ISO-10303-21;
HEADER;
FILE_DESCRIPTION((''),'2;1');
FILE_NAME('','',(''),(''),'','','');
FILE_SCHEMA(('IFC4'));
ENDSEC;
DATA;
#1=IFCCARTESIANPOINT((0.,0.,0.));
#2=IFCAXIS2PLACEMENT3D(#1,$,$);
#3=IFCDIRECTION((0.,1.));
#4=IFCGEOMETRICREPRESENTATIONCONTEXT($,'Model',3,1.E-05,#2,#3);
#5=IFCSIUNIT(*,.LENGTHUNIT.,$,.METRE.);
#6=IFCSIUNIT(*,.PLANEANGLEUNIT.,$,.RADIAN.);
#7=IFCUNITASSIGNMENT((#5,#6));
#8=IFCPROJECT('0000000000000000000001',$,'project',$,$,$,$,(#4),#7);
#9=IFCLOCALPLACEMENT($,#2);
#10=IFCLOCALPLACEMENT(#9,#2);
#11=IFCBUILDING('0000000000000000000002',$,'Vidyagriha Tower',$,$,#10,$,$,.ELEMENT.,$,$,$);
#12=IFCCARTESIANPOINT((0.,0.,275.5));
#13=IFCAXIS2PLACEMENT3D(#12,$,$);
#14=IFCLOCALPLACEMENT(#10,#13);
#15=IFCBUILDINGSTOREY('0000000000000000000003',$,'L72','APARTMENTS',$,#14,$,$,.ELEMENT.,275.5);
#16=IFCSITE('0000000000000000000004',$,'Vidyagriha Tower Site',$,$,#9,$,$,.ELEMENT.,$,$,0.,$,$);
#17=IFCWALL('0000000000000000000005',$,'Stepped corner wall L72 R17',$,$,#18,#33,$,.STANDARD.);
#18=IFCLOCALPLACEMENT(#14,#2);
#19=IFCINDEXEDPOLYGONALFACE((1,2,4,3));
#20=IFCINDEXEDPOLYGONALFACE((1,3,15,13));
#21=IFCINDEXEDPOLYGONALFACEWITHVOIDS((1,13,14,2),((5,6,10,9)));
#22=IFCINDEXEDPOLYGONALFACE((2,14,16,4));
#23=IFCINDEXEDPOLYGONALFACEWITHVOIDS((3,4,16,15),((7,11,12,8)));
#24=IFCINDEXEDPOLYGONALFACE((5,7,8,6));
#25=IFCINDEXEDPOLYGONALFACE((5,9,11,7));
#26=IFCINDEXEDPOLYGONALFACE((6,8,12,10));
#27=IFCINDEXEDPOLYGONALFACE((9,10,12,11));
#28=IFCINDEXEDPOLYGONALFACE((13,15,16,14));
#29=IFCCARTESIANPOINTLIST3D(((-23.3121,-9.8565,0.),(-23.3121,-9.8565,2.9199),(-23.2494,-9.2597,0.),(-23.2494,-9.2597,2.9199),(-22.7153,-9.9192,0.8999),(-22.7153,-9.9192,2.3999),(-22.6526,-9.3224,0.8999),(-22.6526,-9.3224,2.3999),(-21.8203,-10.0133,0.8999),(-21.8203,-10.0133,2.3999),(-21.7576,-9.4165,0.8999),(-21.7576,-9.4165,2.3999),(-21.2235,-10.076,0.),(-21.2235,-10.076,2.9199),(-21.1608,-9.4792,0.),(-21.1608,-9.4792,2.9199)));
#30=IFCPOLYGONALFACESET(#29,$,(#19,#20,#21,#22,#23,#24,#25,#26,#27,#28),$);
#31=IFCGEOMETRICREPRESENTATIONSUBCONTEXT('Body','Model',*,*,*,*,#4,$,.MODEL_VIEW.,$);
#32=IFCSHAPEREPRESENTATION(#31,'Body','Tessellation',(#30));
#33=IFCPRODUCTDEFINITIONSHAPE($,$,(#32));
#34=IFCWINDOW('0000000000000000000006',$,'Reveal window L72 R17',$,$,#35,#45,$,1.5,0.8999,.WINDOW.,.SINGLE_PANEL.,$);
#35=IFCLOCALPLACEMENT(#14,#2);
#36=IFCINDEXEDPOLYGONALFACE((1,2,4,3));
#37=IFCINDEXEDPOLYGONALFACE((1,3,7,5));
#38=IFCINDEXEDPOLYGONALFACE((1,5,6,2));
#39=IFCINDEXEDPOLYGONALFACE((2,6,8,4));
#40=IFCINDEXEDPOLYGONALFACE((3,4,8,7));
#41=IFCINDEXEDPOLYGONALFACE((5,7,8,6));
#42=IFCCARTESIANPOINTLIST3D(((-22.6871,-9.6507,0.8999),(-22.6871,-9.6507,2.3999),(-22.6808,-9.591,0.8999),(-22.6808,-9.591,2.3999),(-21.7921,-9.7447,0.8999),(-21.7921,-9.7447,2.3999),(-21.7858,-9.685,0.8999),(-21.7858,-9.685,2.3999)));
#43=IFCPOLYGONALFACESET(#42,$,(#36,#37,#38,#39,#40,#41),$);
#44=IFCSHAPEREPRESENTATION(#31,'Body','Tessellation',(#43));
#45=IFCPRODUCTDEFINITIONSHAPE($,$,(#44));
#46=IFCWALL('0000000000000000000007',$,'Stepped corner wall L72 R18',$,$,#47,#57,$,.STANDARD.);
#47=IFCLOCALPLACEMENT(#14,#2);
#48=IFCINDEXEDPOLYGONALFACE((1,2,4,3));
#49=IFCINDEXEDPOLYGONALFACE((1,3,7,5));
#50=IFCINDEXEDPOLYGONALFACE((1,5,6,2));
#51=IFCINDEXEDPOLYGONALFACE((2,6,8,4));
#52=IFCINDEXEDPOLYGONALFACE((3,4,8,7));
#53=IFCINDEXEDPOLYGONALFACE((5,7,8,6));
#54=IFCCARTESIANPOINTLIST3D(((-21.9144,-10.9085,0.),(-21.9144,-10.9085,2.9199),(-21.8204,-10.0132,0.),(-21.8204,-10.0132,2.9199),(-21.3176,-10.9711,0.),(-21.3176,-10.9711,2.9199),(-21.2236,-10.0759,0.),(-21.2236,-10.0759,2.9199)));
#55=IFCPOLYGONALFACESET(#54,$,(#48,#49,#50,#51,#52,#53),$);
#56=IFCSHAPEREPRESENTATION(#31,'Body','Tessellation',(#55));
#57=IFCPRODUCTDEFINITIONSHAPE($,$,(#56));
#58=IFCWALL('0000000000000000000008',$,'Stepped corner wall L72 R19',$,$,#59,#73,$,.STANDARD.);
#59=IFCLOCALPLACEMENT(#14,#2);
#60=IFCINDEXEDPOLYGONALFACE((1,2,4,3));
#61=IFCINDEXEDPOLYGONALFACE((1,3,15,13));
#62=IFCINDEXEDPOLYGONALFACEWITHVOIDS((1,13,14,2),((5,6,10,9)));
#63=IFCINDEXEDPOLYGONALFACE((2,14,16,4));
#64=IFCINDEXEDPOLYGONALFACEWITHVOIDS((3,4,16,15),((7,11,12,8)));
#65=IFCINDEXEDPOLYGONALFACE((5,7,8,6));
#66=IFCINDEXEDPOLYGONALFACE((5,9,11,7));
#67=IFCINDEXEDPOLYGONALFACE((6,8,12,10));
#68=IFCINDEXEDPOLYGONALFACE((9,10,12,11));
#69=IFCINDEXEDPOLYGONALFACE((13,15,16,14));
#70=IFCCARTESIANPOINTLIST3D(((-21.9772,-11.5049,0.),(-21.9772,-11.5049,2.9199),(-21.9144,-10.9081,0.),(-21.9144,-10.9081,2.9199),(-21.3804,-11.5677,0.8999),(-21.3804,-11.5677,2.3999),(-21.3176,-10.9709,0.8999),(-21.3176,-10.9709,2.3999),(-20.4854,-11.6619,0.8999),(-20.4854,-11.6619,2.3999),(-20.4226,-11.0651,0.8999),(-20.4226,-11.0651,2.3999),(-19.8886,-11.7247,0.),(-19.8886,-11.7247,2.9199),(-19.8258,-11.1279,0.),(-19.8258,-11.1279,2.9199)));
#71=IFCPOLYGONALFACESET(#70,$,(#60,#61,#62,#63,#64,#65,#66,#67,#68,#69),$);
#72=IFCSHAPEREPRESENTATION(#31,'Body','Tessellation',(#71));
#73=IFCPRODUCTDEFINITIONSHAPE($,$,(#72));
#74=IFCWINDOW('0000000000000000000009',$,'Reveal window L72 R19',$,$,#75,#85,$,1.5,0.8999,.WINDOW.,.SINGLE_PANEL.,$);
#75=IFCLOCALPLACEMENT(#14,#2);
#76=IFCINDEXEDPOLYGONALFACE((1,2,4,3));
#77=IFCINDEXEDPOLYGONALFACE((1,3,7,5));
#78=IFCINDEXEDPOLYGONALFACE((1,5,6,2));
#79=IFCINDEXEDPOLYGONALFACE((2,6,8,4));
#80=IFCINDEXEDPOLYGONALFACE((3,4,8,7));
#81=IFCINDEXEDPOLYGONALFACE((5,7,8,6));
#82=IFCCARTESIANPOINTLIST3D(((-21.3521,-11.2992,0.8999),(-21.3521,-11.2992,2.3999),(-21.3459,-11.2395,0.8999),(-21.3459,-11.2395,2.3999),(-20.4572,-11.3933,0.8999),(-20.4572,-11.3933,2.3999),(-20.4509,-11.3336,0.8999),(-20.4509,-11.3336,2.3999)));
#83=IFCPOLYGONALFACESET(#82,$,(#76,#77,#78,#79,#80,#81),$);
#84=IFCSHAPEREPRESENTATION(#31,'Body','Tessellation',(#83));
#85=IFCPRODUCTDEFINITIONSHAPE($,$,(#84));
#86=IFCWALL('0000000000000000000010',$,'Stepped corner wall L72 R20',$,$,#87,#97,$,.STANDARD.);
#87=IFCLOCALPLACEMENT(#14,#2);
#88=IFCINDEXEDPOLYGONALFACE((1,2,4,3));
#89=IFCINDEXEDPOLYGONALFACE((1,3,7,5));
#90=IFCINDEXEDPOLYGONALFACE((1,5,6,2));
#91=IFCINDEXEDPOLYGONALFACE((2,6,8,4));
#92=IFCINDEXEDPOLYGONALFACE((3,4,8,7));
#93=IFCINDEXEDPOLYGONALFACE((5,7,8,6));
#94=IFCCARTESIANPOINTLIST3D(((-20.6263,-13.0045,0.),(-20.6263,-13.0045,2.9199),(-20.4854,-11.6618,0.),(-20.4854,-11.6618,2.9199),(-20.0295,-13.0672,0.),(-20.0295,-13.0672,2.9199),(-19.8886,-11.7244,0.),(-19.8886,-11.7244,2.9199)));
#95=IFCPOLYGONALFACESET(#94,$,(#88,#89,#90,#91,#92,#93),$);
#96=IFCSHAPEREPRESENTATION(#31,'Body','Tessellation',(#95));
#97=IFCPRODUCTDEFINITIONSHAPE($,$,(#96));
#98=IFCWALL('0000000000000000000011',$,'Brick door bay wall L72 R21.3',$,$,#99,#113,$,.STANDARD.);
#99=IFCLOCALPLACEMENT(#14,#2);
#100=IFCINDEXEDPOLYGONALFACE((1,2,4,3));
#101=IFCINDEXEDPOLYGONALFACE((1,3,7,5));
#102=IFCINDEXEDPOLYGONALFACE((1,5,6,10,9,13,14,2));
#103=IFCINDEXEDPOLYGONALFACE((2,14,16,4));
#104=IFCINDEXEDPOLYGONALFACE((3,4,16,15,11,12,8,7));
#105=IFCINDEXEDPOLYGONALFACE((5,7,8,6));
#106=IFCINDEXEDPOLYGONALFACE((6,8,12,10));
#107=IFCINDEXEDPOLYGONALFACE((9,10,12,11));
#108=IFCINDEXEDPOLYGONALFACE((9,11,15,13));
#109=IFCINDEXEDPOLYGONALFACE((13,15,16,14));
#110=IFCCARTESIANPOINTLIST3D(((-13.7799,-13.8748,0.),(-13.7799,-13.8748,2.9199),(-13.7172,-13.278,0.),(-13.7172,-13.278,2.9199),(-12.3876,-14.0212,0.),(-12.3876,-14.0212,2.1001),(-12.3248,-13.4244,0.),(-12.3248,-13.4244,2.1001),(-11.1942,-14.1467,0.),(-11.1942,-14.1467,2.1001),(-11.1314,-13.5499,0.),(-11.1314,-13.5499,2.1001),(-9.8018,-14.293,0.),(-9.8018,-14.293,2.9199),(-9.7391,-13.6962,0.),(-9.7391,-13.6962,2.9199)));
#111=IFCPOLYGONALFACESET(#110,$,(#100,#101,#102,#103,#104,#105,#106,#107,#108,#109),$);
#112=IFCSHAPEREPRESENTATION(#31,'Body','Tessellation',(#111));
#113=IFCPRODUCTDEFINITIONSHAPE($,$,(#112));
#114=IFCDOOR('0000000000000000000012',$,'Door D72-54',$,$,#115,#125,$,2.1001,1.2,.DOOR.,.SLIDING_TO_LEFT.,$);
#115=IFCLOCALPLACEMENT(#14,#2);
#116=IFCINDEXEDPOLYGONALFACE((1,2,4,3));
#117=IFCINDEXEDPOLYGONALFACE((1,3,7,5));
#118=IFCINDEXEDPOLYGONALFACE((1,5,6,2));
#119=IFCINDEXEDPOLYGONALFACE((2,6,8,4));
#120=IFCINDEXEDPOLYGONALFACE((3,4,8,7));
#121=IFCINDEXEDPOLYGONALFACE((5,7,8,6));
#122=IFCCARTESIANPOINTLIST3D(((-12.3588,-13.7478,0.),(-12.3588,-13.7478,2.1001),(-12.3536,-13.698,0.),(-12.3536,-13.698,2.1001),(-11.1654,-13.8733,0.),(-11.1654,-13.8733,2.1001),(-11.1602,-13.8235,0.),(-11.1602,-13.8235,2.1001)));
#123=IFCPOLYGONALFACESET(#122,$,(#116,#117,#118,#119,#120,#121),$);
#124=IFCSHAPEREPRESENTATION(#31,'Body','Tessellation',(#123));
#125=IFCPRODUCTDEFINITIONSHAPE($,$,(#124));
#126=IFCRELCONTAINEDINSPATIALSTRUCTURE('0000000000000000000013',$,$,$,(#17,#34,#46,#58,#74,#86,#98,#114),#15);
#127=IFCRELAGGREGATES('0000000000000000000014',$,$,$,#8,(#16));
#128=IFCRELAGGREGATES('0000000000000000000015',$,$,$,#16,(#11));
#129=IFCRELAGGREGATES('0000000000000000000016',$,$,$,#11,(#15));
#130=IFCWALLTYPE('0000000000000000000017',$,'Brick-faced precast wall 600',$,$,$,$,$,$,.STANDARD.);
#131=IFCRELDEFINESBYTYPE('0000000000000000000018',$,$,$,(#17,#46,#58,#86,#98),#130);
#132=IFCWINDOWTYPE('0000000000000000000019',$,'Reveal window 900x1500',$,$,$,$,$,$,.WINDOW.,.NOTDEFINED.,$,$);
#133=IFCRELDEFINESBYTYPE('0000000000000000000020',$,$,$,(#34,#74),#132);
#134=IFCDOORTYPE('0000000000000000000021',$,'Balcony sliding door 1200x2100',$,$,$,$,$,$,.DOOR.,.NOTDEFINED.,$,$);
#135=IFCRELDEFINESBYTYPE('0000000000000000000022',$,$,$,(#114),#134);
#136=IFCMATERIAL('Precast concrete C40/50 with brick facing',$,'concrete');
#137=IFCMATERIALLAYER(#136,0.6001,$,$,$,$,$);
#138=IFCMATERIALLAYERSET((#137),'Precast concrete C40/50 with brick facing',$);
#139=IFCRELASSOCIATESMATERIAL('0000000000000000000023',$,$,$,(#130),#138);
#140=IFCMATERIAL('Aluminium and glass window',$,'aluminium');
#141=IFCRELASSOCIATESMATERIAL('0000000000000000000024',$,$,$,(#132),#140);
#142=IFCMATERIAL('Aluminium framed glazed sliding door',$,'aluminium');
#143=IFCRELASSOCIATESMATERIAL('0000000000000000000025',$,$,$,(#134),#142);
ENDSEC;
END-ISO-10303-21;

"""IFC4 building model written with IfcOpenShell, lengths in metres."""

from ifc_helpers import new_model, si_unit, direction, frame, frame_2d, origin, place, context, subcontext, project, spatial, rectangle, extrude, material, layer, layer_set, type_object, element, fill, save


model = new_model("IFC4")

# Units and contexts
model_context = context("Model", 3, precision=1e-05, world=origin(), true_north=direction((0.0, 1.0)))
body_context = subcontext(model_context, "Body", "Model", "MODEL_VIEW")
ifc_project = project(units=[si_unit("LENGTHUNIT", "METRE"), si_unit("PLANEANGLEUNIT", "RADIAN")], contexts=[model_context])

# Site, building, storey
site_placement = place(None, origin())
site = spatial("IfcSite", under=ifc_project, at=site_placement, Name="Vidyagriha Tower Site", CompositionType="ELEMENT", RefElevation=0.0)
building_placement = place(site_placement, origin())
building = spatial("IfcBuilding", under=site, at=building_placement, Name="Vidyagriha Tower", CompositionType="ELEMENT")
storey_placement = place(building_placement, frame((0.0, 0.0, 275.5)))
storey = spatial("IfcBuildingStorey", under=building, at=storey_placement, Name="L72", Description="APARTMENTS", CompositionType="ELEMENT", Elevation=275.5)

# Wall, opening, window
ifc_material_1 = material(Name="Precast concrete C40/50 with brick facing", Category="concrete")
ifc_layer_1 = layer(ifc_material_1, 0.6001)
ifc_layer_set_1 = layer_set([ifc_layer_1], Name="Precast concrete C40/50 with brick facing")
wall_type = type_object("IfcWallType", Name="Brick-faced precast wall 600", PredefinedType="STANDARD", material=ifc_layer_set_1)
wall_1_placement = place(storey_placement, frame((-23.2808, -9.5581, 0.0), z_axis=(0.0, 0.0, 1.0), x_axis=(0.994524, -0.104509, 0.0)))
wall_1 = element("IfcWall", 1, at=wall_1_placement, inside=storey, type_object=wall_type, Name="Stepped corner wall L72 R17", PredefinedType="STANDARD", context=body_context, shape_type="SweptSolid", body=[
    extrude(rectangle(XDim=2.1001, YDim=0.6001, at=frame_2d((1.05, 0.0))), origin(), (0.0, 0.0, 1.0), 2.9199),
])
opening_1_placement = place(wall_1_placement, frame((0.6001, 0.0, 0.8999)))
opening_1 = element("IfcOpeningElement", 2, at=opening_1_placement, cuts=wall_1, PredefinedType="OPENING", context=body_context, shape_type="SweptSolid", body=[
    extrude(rectangle(XDim=0.8999, YDim=1.5, at=frame_2d((0.45, 0.75))), frame((0.0, 0.3101, 0.0), z_axis=(0.0, -1.0, 0.0), x_axis=(1.0, 0.0, 0.0)), (0.0, 0.0, 1.0), 0.6201),
])
ifc_material_2 = material(Name="Aluminium and glass window", Category="aluminium")
window_type = type_object("IfcWindowType", Name="Reveal window 900x1500", PartitioningType="NOTDEFINED", PredefinedType="WINDOW", material=ifc_material_2)
window_1_placement = place(opening_1_placement, origin())
window_1 = element("IfcWindow", 3, at=window_1_placement, inside=storey, type_object=window_type, Name="Reveal window L72 R17", OverallHeight=1.5, OverallWidth=0.8999, PartitioningType="SINGLE_PANEL", PredefinedType="WINDOW", context=body_context, shape_type="SweptSolid", body=[
    extrude(rectangle(XDim=0.8999, YDim=1.5, at=frame_2d((0.45, 0.75))), frame((0.0, 0.03, 0.0), z_axis=(0.0, -1.0, 0.0), x_axis=(1.0, 0.0, 0.0)), (0.0, 0.0, 1.0), 0.0601),
])
fill(opening_1, window_1)

# Wall
wall_2_placement = place(storey_placement, frame((-21.522, -10.0444, 0.0), z_axis=(0.0, 0.0, 1.0), x_axis=(-0.104417, -0.994534, 0.0)))
element("IfcWall", 4, at=wall_2_placement, inside=storey, type_object=wall_type, Name="Stepped corner wall L72 R18", PredefinedType="STANDARD", context=body_context, shape_type="SweptSolid", body=[
    extrude(rectangle(XDim=0.9001, YDim=0.6001, at=frame_2d((0.4502, 0.0))), origin(), (0.0, 0.0, 1.0), 2.9199),
])

# Wall, opening, window
wall_3_placement = place(storey_placement, frame((-21.9458, -11.2065, 0.0), z_axis=(0.0, 0.0, 1.0), x_axis=(0.994512, -0.104624, 0.0)))
wall_3 = element("IfcWall", 5, at=wall_3_placement, inside=storey, type_object=wall_type, Name="Stepped corner wall L72 R19", PredefinedType="STANDARD", context=body_context, shape_type="SweptSolid", body=[
    extrude(rectangle(XDim=2.1001, YDim=0.6001, at=frame_2d((1.05, 0.0))), origin(), (0.0, 0.0, 1.0), 2.9199),
])
opening_2_placement = place(wall_3_placement, frame((0.6001, 0.0, 0.8999)))
opening_2 = element("IfcOpeningElement", 6, at=opening_2_placement, cuts=wall_3, PredefinedType="OPENING", context=body_context, shape_type="SweptSolid", body=[
    extrude(rectangle(XDim=0.8999, YDim=1.5, at=frame_2d((0.45, 0.75))), frame((0.0, 0.3101, 0.0), z_axis=(0.0, -1.0, 0.0), x_axis=(1.0, 0.0, 0.0)), (0.0, 0.0, 1.0), 0.6201),
])
window_2_placement = place(opening_2_placement, origin())
window_2 = element("IfcWindow", 7, at=window_2_placement, inside=storey, type_object=window_type, Name="Reveal window L72 R19", OverallHeight=1.5, OverallWidth=0.8999, PartitioningType="SINGLE_PANEL", PredefinedType="WINDOW", context=body_context, shape_type="SweptSolid", body=[
    extrude(rectangle(XDim=0.8999, YDim=1.5, at=frame_2d((0.45, 0.75))), frame((0.0, 0.03, 0.0), z_axis=(0.0, -1.0, 0.0), x_axis=(1.0, 0.0, 0.0)), (0.0, 0.0, 1.0), 0.0601),
])
fill(opening_2, window_2)

# Wall
wall_4_placement = place(storey_placement, frame((-20.187, -11.6931, 0.0), z_axis=(0.0, 0.0, 1.0), x_axis=(-0.104337, -0.994542, 0.0)))
element("IfcWall", 8, at=wall_4_placement, inside=storey, type_object=wall_type, Name="Stepped corner wall L72 R20", PredefinedType="STANDARD", context=body_context, shape_type="SweptSolid", body=[
    extrude(rectangle(XDim=1.3501, YDim=0.6001, at=frame_2d((0.675, 0.0))), origin(), (0.0, 0.0, 1.0), 2.9199),
])

# Wall, opening, door
wall_5_placement = place(storey_placement, frame((-13.7485, -13.5764, 0.0), z_axis=(0.0, 0.0, 1.0), x_axis=(0.994519, -0.104555, 0.0)))
wall_5 = element("IfcWall", 9, at=wall_5_placement, inside=storey, type_object=wall_type, Name="Brick door bay wall L72 R21.3", PredefinedType="STANDARD", context=body_context, shape_type="SweptSolid", body=[
    extrude(rectangle(XDim=4.0, YDim=0.6001, at=frame_2d((2.0, 0.0))), origin(), (0.0, 0.0, 1.0), 2.9199),
])
opening_3_placement = place(wall_5_placement, frame((1.3999, 0.0, 0.0)))
opening_3 = element("IfcOpeningElement", 10, at=opening_3_placement, cuts=wall_5, PredefinedType="OPENING", context=body_context, shape_type="SweptSolid", body=[
    extrude(rectangle(XDim=1.2, YDim=2.1001, at=frame_2d((0.6001, 1.05))), frame((0.0, 0.3101, 0.0), z_axis=(0.0, -1.0, 0.0), x_axis=(1.0, 0.0, 0.0)), (0.0, 0.0, 1.0), 0.6201),
])
ifc_material_3 = material(Name="Aluminium framed glazed sliding door", Category="aluminium")
door_type = type_object("IfcDoorType", Name="Balcony sliding door 1200x2100", OperationType="NOTDEFINED", PredefinedType="DOOR", material=ifc_material_3)
door_placement = place(opening_3_placement, origin())
door = element("IfcDoor", 11, at=door_placement, inside=storey, type_object=door_type, Name="Door D72-54", OperationType="SLIDING_TO_LEFT", OverallHeight=2.1001, OverallWidth=1.2, PredefinedType="DOOR", context=body_context, shape_type="SweptSolid", body=[
    extrude(rectangle(XDim=1.2, YDim=2.1001, at=frame_2d((0.6001, 1.05))), frame((0.0, 0.0249, 0.0), z_axis=(0.0, -1.0, 0.0), x_axis=(1.0, 0.0, 0.0)), (0.0, 0.0, 1.0), 0.05),
])
fill(opening_3, door)

save(model, "model.ifc")
